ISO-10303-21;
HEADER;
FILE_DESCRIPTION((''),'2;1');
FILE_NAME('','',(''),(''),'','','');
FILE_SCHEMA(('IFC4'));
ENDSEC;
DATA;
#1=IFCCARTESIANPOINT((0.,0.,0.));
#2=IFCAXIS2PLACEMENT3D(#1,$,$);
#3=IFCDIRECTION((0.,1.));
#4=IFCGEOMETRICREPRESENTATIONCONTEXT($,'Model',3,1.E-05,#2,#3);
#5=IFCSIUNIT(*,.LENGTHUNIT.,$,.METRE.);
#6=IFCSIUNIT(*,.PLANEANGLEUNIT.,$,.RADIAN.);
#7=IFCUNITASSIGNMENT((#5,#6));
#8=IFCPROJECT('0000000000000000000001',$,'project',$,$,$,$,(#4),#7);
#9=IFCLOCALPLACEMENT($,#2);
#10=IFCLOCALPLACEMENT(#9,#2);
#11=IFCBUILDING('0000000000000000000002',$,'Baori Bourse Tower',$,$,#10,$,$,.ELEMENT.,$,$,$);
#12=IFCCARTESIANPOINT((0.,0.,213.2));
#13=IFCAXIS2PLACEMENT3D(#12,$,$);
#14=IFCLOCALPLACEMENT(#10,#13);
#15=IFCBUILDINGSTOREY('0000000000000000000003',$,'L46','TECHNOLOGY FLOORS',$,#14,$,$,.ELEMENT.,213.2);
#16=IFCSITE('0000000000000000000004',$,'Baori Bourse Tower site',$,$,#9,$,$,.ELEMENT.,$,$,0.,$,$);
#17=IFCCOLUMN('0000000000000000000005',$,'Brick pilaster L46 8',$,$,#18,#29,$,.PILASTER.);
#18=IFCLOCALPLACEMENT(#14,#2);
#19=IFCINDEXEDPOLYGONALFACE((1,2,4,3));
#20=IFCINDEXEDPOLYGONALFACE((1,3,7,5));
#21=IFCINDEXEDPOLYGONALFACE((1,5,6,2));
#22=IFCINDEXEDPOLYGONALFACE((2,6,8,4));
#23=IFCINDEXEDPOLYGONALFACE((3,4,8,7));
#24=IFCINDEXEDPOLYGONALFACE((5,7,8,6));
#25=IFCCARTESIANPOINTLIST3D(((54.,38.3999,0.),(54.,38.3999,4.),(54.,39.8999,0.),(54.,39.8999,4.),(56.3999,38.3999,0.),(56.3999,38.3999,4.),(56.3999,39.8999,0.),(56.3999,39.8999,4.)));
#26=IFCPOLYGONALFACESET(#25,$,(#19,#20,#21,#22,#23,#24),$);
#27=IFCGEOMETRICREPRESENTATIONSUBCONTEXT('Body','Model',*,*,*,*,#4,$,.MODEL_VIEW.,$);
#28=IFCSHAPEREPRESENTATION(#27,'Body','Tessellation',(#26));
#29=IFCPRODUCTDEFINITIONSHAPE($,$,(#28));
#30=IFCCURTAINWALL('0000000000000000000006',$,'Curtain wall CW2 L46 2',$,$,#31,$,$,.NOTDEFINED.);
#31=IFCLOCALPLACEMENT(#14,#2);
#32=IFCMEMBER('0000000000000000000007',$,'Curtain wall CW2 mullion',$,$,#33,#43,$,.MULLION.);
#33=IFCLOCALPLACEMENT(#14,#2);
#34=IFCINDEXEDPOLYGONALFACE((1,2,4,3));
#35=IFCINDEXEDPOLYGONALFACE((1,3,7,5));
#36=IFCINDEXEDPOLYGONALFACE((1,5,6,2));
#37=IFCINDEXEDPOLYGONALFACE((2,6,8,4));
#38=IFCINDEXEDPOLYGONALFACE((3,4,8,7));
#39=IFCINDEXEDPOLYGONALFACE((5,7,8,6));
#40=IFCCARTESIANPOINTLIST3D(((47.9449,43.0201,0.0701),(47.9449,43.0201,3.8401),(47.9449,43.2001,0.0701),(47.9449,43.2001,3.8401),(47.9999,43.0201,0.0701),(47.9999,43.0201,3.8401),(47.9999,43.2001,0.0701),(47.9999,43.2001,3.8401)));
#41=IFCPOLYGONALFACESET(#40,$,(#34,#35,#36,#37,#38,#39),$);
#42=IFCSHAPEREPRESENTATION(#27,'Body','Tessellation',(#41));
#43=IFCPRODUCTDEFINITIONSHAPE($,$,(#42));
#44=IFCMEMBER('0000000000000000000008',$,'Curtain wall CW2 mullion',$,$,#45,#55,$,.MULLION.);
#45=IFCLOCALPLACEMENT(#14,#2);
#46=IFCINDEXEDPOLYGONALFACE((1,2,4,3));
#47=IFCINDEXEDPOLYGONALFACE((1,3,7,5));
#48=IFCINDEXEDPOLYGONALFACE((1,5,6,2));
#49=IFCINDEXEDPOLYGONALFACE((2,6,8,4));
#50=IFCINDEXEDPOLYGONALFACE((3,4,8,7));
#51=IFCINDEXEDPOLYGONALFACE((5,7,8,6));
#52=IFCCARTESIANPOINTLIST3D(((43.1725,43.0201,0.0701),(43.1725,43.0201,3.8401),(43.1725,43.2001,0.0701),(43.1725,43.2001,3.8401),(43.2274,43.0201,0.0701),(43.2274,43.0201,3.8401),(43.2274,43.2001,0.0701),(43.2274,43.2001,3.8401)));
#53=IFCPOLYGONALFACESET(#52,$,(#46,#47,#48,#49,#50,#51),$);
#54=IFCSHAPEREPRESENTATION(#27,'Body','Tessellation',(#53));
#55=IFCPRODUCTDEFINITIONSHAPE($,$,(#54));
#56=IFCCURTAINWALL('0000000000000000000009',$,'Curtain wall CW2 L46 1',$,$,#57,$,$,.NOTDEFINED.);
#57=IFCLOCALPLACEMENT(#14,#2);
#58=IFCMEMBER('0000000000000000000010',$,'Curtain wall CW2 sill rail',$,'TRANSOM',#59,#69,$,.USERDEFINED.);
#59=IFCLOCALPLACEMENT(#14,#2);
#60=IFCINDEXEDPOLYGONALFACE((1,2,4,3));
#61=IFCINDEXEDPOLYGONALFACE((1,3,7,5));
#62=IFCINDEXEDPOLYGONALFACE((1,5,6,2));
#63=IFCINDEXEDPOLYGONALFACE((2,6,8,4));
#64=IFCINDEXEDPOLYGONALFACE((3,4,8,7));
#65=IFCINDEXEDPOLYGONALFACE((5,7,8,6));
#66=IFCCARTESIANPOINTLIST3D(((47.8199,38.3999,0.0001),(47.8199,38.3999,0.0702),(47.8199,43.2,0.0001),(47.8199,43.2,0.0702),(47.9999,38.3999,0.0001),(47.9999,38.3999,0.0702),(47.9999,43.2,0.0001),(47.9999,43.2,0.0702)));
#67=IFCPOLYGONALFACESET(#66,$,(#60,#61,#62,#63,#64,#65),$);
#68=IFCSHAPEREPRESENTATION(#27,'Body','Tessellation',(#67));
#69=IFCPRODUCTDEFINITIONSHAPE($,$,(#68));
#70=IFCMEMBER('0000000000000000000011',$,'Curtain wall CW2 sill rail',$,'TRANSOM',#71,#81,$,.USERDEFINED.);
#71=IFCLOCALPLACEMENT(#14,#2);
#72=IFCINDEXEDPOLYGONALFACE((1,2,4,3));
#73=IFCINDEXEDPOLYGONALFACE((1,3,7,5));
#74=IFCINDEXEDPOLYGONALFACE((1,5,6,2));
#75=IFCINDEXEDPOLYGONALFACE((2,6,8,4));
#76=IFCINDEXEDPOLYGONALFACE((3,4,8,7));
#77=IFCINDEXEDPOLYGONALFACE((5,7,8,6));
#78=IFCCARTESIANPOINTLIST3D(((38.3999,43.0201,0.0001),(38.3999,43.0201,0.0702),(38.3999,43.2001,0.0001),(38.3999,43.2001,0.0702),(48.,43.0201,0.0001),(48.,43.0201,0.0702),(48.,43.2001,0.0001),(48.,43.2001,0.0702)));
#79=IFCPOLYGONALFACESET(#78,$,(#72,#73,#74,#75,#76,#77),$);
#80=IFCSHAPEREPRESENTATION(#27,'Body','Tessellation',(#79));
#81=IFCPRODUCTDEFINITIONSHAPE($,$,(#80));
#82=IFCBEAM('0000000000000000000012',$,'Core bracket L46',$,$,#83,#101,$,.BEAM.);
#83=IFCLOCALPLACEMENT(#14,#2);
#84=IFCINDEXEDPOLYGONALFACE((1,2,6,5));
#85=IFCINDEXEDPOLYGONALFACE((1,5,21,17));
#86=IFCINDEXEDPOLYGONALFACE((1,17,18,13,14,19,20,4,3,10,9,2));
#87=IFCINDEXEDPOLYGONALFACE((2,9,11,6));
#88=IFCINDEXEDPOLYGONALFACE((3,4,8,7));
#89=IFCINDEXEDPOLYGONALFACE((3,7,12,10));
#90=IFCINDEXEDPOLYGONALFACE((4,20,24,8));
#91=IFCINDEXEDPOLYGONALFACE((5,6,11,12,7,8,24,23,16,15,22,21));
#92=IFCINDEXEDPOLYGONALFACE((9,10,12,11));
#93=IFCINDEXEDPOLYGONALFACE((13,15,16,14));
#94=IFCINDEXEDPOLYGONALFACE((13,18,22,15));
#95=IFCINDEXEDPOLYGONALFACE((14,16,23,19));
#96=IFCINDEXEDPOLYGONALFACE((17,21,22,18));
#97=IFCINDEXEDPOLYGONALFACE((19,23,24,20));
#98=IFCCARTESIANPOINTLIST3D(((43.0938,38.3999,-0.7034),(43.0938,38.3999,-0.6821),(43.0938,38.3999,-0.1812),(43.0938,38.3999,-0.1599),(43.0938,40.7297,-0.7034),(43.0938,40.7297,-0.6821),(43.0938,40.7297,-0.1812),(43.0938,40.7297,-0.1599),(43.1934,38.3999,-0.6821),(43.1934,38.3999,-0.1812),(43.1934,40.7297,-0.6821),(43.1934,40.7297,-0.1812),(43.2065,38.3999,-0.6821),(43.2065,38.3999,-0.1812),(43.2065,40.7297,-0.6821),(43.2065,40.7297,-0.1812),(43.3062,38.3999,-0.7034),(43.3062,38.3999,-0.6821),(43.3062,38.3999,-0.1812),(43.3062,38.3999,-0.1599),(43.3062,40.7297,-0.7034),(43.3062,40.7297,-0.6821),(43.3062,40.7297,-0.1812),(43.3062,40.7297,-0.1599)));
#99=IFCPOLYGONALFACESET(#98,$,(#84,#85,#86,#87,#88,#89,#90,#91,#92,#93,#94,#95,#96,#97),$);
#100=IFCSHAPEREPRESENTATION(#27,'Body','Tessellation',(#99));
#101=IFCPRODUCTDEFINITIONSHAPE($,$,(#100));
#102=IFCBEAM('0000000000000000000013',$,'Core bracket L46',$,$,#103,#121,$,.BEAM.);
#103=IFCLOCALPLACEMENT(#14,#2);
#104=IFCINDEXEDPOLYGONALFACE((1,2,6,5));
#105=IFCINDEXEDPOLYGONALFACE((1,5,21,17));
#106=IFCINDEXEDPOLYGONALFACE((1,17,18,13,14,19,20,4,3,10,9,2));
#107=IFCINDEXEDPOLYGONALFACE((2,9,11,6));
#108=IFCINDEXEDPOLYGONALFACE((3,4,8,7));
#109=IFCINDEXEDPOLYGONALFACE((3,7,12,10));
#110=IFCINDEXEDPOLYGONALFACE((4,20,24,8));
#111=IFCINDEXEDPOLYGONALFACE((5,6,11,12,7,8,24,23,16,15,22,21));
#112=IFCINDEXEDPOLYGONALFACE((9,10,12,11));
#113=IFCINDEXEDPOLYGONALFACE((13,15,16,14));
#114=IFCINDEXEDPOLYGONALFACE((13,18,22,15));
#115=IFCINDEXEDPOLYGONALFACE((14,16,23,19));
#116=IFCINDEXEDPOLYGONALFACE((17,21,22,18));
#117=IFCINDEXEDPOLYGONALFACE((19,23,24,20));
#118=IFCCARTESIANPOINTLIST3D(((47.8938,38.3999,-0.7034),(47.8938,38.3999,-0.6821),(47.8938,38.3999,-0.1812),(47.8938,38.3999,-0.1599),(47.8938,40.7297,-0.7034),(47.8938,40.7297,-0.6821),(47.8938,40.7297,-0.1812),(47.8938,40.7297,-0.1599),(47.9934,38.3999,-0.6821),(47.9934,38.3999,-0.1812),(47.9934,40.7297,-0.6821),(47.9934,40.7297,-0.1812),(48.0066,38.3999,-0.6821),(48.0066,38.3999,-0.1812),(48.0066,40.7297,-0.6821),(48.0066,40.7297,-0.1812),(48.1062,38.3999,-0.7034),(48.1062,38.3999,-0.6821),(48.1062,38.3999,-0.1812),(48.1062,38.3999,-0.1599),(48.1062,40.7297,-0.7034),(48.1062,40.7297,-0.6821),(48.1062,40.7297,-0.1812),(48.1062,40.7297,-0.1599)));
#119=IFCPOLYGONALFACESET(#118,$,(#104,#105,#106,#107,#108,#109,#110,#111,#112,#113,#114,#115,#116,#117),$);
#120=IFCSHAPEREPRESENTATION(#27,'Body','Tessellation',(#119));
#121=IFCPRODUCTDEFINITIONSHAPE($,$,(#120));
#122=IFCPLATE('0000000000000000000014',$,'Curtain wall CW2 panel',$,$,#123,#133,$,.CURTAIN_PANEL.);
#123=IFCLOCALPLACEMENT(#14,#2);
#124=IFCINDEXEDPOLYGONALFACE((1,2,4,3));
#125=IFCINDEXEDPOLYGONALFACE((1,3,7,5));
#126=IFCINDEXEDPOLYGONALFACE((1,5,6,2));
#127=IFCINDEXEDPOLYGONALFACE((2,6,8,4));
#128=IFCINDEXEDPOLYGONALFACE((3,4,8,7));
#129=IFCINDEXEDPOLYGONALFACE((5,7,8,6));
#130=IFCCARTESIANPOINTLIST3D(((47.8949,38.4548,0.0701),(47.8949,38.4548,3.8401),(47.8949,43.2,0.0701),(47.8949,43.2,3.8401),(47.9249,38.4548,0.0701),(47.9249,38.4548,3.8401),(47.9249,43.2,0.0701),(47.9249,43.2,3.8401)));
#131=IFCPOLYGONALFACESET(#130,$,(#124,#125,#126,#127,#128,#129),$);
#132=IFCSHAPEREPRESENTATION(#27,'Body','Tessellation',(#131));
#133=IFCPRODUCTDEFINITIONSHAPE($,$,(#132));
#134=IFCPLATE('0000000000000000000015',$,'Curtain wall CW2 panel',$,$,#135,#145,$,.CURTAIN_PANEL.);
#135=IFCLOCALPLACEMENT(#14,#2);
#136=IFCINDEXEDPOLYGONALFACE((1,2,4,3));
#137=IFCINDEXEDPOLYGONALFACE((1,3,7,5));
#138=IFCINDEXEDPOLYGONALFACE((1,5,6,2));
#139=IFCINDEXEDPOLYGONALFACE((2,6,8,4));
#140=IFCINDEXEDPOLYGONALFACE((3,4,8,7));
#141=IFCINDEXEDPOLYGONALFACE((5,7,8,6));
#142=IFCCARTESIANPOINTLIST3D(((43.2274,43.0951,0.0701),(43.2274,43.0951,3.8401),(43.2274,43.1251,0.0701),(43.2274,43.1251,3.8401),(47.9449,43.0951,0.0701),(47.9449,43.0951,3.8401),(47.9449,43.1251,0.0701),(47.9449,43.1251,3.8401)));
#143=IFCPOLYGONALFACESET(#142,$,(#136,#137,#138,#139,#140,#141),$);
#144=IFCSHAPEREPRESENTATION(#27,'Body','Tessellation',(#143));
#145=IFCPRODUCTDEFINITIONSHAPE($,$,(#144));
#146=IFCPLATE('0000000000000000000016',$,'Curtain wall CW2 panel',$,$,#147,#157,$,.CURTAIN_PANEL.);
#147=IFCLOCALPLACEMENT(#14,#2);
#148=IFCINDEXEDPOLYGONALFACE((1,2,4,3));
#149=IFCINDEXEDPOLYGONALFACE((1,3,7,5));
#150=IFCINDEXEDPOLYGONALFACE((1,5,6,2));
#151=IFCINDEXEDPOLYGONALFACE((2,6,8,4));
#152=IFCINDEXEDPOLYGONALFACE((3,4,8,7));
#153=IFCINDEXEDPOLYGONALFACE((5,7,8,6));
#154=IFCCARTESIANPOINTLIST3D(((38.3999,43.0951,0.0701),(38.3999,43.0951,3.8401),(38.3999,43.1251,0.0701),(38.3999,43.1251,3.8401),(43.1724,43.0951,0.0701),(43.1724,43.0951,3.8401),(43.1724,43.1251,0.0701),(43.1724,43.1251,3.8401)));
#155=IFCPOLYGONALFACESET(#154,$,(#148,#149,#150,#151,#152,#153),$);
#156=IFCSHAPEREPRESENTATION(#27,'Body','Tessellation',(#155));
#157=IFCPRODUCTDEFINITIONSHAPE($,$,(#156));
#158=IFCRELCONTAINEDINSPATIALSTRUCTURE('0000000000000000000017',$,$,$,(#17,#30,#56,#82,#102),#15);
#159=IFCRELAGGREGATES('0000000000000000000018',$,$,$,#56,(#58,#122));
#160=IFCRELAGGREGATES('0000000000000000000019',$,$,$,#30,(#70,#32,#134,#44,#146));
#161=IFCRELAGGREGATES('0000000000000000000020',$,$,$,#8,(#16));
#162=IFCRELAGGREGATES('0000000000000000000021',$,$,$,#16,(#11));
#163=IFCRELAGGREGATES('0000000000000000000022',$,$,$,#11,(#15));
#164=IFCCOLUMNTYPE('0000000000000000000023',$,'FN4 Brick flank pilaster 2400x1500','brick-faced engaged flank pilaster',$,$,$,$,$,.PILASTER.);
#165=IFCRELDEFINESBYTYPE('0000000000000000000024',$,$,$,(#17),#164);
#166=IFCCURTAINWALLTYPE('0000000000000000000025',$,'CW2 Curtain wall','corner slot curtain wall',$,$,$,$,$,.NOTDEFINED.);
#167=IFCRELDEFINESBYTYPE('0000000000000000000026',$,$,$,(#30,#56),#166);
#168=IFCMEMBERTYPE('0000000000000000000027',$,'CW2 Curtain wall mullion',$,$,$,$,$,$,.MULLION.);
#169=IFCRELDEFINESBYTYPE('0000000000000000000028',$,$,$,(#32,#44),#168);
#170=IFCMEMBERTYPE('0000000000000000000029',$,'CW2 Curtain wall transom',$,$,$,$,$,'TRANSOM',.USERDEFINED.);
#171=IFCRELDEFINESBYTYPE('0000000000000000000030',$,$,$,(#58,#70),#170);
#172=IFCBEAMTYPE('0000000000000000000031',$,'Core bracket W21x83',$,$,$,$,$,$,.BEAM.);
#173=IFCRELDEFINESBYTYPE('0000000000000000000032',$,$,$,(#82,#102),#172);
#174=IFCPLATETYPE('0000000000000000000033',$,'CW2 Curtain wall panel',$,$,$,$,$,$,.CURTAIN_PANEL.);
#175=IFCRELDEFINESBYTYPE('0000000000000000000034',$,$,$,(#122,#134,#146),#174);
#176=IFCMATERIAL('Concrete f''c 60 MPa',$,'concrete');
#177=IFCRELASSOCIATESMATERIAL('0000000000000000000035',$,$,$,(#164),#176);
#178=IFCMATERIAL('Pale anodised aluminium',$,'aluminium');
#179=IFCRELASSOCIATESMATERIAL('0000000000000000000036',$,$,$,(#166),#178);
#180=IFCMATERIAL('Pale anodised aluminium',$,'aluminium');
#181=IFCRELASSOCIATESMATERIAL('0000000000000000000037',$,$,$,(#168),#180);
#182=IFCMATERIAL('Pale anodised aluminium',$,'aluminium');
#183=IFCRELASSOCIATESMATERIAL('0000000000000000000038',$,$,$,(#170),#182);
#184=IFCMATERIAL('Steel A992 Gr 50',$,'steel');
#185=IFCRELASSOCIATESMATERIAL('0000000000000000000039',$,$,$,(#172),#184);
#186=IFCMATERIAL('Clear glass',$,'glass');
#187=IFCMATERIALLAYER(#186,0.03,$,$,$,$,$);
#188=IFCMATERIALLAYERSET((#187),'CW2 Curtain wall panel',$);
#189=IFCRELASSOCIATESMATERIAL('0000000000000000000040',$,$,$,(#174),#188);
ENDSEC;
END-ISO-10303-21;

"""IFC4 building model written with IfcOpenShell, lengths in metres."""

from ifc_helpers import new_model, si_unit, direction, frame, origin, origin_2d, place, context, subcontext, project, spatial, rectangle, i_section, extrude, material, layer, layer_set, material_profile, profile_set, type_object, element, aggregate, save


model = new_model("IFC4")

# Units and contexts
model_context = context("Model", 3, precision=1e-05, world=origin(), true_north=direction((0.0, 1.0)))
body_context = subcontext(model_context, "Body", "Model", "MODEL_VIEW")
ifc_project = project(units=[si_unit("LENGTHUNIT", "METRE"), si_unit("PLANEANGLEUNIT", "RADIAN")], contexts=[model_context])

# Site, building, storey
site_placement = place(None, origin())
site = spatial("IfcSite", under=ifc_project, at=site_placement, Name="Baori Bourse Tower site", CompositionType="ELEMENT", RefElevation=0.0)
building_placement = place(site_placement, origin())
building = spatial("IfcBuilding", under=site, at=building_placement, Name="Baori Bourse Tower", CompositionType="ELEMENT")
storey_placement = place(building_placement, frame((0.0, 0.0, 213.2)))
storey = spatial("IfcBuildingStorey", under=building, at=storey_placement, Name="L46", Description="TECHNOLOGY FLOORS", CompositionType="ELEMENT", Elevation=213.2)

# Column
ifc_material_1 = material(Name="Concrete f'c 60 MPa", Category="concrete")
ifc_material_profile_1 = material_profile(ifc_material_1, rectangle(XDim=2.3999, YDim=1.5, at=origin_2d()), Name="RC 2400x1500")
ifc_profile_set_1 = profile_set([ifc_material_profile_1], Name="Concrete f'c 60 MPa")
column_type = type_object("IfcColumnType", Name="FN4 Brick flank pilaster 2400x1500", Description="brick-faced engaged flank pilaster", PredefinedType="PILASTER", material=ifc_profile_set_1)
column_placement = place(storey_placement, frame((55.2, 39.1499, 0.0), z_axis=(0.0, 0.0, 1.0), x_axis=(1.0, 0.0, 0.0)))
element("IfcColumn", 1, at=column_placement, inside=storey, type_object=column_type, Name="Brick pilaster L46 8", PredefinedType="PILASTER", context=body_context, shape_type="SweptSolid", body=[
    extrude(rectangle(XDim=2.3999, YDim=1.5, at=origin_2d()), origin(), (0.0, 0.0, 1.0), 4.0),
])

# Curtain wall, members
ifc_material_2 = material(Name="Pale anodised aluminium", Category="aluminium")
curtain_wall_type = type_object("IfcCurtainWallType", Name="CW2 Curtain wall", Description="corner slot curtain wall", PredefinedType="NOTDEFINED", material=ifc_material_2)
curtain_wall_1_placement = place(storey_placement, origin())
curtain_wall_1 = element("IfcCurtainWall", 2, at=curtain_wall_1_placement, inside=storey, type_object=curtain_wall_type, Name="Curtain wall CW2 L46 2", PredefinedType="NOTDEFINED")
ifc_material_3 = material(Name="Pale anodised aluminium", Category="aluminium")
ifc_material_profile_2 = material_profile(ifc_material_3, rectangle(XDim=0.1799, YDim=0.0549, at=origin_2d()), Name="Mullion 55x180")
ifc_profile_set_2 = profile_set([ifc_material_profile_2], Name="Pale anodised aluminium")
member_type_1 = type_object("IfcMemberType", Name="CW2 Curtain wall mullion", PredefinedType="MULLION", material=ifc_profile_set_2)
member_1_placement = place(storey_placement, frame((47.9724, 43.1101, 0.0701), z_axis=(0.0, 0.0, 1.0), x_axis=(0.0, -1.0, 0.0)))
member_1 = element("IfcMember", 3, at=member_1_placement, type_object=member_type_1, Name="Curtain wall CW2 mullion", PredefinedType="MULLION", context=body_context, shape_type="SweptSolid", body=[
    extrude(rectangle(XDim=0.1799, YDim=0.0549, at=origin_2d()), origin(), (0.0, 0.0, 1.0), 3.77),
])
member_2_placement = place(storey_placement, frame((43.2, 43.1101, 0.0701), z_axis=(0.0, 0.0, 1.0), x_axis=(0.0, -1.0, 0.0)))
member_2 = element("IfcMember", 4, at=member_2_placement, type_object=member_type_1, Name="Curtain wall CW2 mullion", PredefinedType="MULLION", context=body_context, shape_type="SweptSolid", body=[
    extrude(rectangle(XDim=0.1799, YDim=0.0549, at=origin_2d()), origin(), (0.0, 0.0, 1.0), 3.77),
])

# Curtain wall, member
curtain_wall_2_placement = place(storey_placement, origin())
curtain_wall_2 = element("IfcCurtainWall", 5, at=curtain_wall_2_placement, inside=storey, type_object=curtain_wall_type, Name="Curtain wall CW2 L46 1", PredefinedType="NOTDEFINED")
ifc_material_4 = material(Name="Pale anodised aluminium", Category="aluminium")
ifc_material_profile_3 = material_profile(ifc_material_4, rectangle(XDim=0.1799, YDim=0.0701, at=origin_2d()), Name="Transom 70x180")
ifc_profile_set_3 = profile_set([ifc_material_profile_3], Name="Pale anodised aluminium")
member_type_2 = type_object("IfcMemberType", Name="CW2 Curtain wall transom", ElementType="TRANSOM", PredefinedType="USERDEFINED", material=ifc_profile_set_3)
member_3_placement = place(storey_placement, frame((47.9099, 38.3999, 0.0352), z_axis=(0.0, 1.0, 0.0), x_axis=(-1.0, 0.0, 0.0)))
member_3 = element("IfcMember", 6, at=member_3_placement, type_object=member_type_2, Name="Curtain wall CW2 sill rail", ObjectType="TRANSOM", PredefinedType="USERDEFINED", context=body_context, shape_type="SweptSolid", body=[
    extrude(rectangle(XDim=0.1799, YDim=0.0701, at=origin_2d()), origin(), (0.0, 0.0, 1.0), 4.8),
])

# Member
member_4_placement = place(storey_placement, frame((48.0, 43.1101, 0.0352), z_axis=(-1.0, 0.0, 0.0), x_axis=(0.0, -1.0, 0.0)))
member_4 = element("IfcMember", 7, at=member_4_placement, type_object=member_type_2, Name="Curtain wall CW2 sill rail", ObjectType="TRANSOM", PredefinedType="USERDEFINED", context=body_context, shape_type="SweptSolid", body=[
    extrude(rectangle(XDim=0.1799, YDim=0.0701, at=origin_2d()), origin(), (0.0, 0.0, 1.0), 9.6001),
])

# Beams
ifc_material_5 = material(Name="Steel A992 Gr 50", Category="steel")
ifc_material_profile_4 = material_profile(ifc_material_5, i_section(OverallWidth=0.2124, OverallDepth=0.5435, WebThickness=0.0132, FlangeThickness=0.0212, at=origin_2d()), Name="W21x83")
ifc_profile_set_4 = profile_set([ifc_material_profile_4], Name="Steel A992 Gr 50")
beam_type = type_object("IfcBeamType", Name="Core bracket W21x83", PredefinedType="BEAM", material=ifc_profile_set_4)
for number, where, z_axis, x_axis, name in (
    (8, (43.2, 38.3999, -0.4316), (0.0, 1.0, 0.0), (-1.0, 0.0, 0.0), "Core bracket L46"),
    (9, (48.0, 38.3999, -0.4316), (0.0, 1.0, 0.0), (-1.0, 0.0, 0.0), "Core bracket L46"),
):
    element("IfcBeam", number, at=place(storey_placement, frame(where, z_axis=z_axis, x_axis=x_axis)), inside=storey, type_object=beam_type, Name=name, PredefinedType="BEAM", context=body_context, shape_type="SweptSolid", body=[
        extrude(i_section(OverallWidth=0.2124, OverallDepth=0.5435, WebThickness=0.0132, FlangeThickness=0.0212, at=origin_2d()), origin(), (0.0, 0.0, 1.0), 2.3298),
    ])

# Plates
ifc_material_6 = material(Name="Clear glass", Category="glass")
ifc_layer_1 = layer(ifc_material_6, 0.03)
ifc_layer_set_1 = layer_set([ifc_layer_1], Name="CW2 Curtain wall panel")
plate_type = type_object("IfcPlateType", Name="CW2 Curtain wall panel", PredefinedType="CURTAIN_PANEL", material=ifc_layer_set_1)
plate_1_placement = place(storey_placement, frame((47.9099, 40.8274, 0.0701), z_axis=(0.0, 0.0, 1.0), x_axis=(0.0, 1.0, 0.0)))
plate_1 = element("IfcPlate", 10, at=plate_1_placement, type_object=plate_type, Name="Curtain wall CW2 panel", PredefinedType="CURTAIN_PANEL", context=body_context, shape_type="SweptSolid", body=[
    extrude(rectangle(XDim=4.7451, YDim=0.03, at=origin_2d()), origin(), (0.0, 0.0, 1.0), 3.77),
])
aggregate(curtain_wall_2, [member_3, plate_1])
plate_2_placement = place(storey_placement, frame((45.5862, 43.1101, 0.0701), z_axis=(0.0, 0.0, 1.0), x_axis=(-1.0, 0.0, 0.0)))
plate_2 = element("IfcPlate", 11, at=plate_2_placement, type_object=plate_type, Name="Curtain wall CW2 panel", PredefinedType="CURTAIN_PANEL", context=body_context, shape_type="SweptSolid", body=[
    extrude(rectangle(XDim=4.7175, YDim=0.03, at=origin_2d()), origin(), (0.0, 0.0, 1.0), 3.77),
])
plate_3_placement = place(storey_placement, frame((40.7861, 43.1101, 0.0701), z_axis=(0.0, 0.0, 1.0), x_axis=(-1.0, 0.0, 0.0)))
plate_3 = element("IfcPlate", 12, at=plate_3_placement, type_object=plate_type, Name="Curtain wall CW2 panel", PredefinedType="CURTAIN_PANEL", context=body_context, shape_type="SweptSolid", body=[
    extrude(rectangle(XDim=4.7725, YDim=0.03, at=origin_2d()), origin(), (0.0, 0.0, 1.0), 3.77),
])
aggregate(curtain_wall_1, [member_4, member_1, plate_2, member_2, plate_3])

save(model, "model.ifc")
